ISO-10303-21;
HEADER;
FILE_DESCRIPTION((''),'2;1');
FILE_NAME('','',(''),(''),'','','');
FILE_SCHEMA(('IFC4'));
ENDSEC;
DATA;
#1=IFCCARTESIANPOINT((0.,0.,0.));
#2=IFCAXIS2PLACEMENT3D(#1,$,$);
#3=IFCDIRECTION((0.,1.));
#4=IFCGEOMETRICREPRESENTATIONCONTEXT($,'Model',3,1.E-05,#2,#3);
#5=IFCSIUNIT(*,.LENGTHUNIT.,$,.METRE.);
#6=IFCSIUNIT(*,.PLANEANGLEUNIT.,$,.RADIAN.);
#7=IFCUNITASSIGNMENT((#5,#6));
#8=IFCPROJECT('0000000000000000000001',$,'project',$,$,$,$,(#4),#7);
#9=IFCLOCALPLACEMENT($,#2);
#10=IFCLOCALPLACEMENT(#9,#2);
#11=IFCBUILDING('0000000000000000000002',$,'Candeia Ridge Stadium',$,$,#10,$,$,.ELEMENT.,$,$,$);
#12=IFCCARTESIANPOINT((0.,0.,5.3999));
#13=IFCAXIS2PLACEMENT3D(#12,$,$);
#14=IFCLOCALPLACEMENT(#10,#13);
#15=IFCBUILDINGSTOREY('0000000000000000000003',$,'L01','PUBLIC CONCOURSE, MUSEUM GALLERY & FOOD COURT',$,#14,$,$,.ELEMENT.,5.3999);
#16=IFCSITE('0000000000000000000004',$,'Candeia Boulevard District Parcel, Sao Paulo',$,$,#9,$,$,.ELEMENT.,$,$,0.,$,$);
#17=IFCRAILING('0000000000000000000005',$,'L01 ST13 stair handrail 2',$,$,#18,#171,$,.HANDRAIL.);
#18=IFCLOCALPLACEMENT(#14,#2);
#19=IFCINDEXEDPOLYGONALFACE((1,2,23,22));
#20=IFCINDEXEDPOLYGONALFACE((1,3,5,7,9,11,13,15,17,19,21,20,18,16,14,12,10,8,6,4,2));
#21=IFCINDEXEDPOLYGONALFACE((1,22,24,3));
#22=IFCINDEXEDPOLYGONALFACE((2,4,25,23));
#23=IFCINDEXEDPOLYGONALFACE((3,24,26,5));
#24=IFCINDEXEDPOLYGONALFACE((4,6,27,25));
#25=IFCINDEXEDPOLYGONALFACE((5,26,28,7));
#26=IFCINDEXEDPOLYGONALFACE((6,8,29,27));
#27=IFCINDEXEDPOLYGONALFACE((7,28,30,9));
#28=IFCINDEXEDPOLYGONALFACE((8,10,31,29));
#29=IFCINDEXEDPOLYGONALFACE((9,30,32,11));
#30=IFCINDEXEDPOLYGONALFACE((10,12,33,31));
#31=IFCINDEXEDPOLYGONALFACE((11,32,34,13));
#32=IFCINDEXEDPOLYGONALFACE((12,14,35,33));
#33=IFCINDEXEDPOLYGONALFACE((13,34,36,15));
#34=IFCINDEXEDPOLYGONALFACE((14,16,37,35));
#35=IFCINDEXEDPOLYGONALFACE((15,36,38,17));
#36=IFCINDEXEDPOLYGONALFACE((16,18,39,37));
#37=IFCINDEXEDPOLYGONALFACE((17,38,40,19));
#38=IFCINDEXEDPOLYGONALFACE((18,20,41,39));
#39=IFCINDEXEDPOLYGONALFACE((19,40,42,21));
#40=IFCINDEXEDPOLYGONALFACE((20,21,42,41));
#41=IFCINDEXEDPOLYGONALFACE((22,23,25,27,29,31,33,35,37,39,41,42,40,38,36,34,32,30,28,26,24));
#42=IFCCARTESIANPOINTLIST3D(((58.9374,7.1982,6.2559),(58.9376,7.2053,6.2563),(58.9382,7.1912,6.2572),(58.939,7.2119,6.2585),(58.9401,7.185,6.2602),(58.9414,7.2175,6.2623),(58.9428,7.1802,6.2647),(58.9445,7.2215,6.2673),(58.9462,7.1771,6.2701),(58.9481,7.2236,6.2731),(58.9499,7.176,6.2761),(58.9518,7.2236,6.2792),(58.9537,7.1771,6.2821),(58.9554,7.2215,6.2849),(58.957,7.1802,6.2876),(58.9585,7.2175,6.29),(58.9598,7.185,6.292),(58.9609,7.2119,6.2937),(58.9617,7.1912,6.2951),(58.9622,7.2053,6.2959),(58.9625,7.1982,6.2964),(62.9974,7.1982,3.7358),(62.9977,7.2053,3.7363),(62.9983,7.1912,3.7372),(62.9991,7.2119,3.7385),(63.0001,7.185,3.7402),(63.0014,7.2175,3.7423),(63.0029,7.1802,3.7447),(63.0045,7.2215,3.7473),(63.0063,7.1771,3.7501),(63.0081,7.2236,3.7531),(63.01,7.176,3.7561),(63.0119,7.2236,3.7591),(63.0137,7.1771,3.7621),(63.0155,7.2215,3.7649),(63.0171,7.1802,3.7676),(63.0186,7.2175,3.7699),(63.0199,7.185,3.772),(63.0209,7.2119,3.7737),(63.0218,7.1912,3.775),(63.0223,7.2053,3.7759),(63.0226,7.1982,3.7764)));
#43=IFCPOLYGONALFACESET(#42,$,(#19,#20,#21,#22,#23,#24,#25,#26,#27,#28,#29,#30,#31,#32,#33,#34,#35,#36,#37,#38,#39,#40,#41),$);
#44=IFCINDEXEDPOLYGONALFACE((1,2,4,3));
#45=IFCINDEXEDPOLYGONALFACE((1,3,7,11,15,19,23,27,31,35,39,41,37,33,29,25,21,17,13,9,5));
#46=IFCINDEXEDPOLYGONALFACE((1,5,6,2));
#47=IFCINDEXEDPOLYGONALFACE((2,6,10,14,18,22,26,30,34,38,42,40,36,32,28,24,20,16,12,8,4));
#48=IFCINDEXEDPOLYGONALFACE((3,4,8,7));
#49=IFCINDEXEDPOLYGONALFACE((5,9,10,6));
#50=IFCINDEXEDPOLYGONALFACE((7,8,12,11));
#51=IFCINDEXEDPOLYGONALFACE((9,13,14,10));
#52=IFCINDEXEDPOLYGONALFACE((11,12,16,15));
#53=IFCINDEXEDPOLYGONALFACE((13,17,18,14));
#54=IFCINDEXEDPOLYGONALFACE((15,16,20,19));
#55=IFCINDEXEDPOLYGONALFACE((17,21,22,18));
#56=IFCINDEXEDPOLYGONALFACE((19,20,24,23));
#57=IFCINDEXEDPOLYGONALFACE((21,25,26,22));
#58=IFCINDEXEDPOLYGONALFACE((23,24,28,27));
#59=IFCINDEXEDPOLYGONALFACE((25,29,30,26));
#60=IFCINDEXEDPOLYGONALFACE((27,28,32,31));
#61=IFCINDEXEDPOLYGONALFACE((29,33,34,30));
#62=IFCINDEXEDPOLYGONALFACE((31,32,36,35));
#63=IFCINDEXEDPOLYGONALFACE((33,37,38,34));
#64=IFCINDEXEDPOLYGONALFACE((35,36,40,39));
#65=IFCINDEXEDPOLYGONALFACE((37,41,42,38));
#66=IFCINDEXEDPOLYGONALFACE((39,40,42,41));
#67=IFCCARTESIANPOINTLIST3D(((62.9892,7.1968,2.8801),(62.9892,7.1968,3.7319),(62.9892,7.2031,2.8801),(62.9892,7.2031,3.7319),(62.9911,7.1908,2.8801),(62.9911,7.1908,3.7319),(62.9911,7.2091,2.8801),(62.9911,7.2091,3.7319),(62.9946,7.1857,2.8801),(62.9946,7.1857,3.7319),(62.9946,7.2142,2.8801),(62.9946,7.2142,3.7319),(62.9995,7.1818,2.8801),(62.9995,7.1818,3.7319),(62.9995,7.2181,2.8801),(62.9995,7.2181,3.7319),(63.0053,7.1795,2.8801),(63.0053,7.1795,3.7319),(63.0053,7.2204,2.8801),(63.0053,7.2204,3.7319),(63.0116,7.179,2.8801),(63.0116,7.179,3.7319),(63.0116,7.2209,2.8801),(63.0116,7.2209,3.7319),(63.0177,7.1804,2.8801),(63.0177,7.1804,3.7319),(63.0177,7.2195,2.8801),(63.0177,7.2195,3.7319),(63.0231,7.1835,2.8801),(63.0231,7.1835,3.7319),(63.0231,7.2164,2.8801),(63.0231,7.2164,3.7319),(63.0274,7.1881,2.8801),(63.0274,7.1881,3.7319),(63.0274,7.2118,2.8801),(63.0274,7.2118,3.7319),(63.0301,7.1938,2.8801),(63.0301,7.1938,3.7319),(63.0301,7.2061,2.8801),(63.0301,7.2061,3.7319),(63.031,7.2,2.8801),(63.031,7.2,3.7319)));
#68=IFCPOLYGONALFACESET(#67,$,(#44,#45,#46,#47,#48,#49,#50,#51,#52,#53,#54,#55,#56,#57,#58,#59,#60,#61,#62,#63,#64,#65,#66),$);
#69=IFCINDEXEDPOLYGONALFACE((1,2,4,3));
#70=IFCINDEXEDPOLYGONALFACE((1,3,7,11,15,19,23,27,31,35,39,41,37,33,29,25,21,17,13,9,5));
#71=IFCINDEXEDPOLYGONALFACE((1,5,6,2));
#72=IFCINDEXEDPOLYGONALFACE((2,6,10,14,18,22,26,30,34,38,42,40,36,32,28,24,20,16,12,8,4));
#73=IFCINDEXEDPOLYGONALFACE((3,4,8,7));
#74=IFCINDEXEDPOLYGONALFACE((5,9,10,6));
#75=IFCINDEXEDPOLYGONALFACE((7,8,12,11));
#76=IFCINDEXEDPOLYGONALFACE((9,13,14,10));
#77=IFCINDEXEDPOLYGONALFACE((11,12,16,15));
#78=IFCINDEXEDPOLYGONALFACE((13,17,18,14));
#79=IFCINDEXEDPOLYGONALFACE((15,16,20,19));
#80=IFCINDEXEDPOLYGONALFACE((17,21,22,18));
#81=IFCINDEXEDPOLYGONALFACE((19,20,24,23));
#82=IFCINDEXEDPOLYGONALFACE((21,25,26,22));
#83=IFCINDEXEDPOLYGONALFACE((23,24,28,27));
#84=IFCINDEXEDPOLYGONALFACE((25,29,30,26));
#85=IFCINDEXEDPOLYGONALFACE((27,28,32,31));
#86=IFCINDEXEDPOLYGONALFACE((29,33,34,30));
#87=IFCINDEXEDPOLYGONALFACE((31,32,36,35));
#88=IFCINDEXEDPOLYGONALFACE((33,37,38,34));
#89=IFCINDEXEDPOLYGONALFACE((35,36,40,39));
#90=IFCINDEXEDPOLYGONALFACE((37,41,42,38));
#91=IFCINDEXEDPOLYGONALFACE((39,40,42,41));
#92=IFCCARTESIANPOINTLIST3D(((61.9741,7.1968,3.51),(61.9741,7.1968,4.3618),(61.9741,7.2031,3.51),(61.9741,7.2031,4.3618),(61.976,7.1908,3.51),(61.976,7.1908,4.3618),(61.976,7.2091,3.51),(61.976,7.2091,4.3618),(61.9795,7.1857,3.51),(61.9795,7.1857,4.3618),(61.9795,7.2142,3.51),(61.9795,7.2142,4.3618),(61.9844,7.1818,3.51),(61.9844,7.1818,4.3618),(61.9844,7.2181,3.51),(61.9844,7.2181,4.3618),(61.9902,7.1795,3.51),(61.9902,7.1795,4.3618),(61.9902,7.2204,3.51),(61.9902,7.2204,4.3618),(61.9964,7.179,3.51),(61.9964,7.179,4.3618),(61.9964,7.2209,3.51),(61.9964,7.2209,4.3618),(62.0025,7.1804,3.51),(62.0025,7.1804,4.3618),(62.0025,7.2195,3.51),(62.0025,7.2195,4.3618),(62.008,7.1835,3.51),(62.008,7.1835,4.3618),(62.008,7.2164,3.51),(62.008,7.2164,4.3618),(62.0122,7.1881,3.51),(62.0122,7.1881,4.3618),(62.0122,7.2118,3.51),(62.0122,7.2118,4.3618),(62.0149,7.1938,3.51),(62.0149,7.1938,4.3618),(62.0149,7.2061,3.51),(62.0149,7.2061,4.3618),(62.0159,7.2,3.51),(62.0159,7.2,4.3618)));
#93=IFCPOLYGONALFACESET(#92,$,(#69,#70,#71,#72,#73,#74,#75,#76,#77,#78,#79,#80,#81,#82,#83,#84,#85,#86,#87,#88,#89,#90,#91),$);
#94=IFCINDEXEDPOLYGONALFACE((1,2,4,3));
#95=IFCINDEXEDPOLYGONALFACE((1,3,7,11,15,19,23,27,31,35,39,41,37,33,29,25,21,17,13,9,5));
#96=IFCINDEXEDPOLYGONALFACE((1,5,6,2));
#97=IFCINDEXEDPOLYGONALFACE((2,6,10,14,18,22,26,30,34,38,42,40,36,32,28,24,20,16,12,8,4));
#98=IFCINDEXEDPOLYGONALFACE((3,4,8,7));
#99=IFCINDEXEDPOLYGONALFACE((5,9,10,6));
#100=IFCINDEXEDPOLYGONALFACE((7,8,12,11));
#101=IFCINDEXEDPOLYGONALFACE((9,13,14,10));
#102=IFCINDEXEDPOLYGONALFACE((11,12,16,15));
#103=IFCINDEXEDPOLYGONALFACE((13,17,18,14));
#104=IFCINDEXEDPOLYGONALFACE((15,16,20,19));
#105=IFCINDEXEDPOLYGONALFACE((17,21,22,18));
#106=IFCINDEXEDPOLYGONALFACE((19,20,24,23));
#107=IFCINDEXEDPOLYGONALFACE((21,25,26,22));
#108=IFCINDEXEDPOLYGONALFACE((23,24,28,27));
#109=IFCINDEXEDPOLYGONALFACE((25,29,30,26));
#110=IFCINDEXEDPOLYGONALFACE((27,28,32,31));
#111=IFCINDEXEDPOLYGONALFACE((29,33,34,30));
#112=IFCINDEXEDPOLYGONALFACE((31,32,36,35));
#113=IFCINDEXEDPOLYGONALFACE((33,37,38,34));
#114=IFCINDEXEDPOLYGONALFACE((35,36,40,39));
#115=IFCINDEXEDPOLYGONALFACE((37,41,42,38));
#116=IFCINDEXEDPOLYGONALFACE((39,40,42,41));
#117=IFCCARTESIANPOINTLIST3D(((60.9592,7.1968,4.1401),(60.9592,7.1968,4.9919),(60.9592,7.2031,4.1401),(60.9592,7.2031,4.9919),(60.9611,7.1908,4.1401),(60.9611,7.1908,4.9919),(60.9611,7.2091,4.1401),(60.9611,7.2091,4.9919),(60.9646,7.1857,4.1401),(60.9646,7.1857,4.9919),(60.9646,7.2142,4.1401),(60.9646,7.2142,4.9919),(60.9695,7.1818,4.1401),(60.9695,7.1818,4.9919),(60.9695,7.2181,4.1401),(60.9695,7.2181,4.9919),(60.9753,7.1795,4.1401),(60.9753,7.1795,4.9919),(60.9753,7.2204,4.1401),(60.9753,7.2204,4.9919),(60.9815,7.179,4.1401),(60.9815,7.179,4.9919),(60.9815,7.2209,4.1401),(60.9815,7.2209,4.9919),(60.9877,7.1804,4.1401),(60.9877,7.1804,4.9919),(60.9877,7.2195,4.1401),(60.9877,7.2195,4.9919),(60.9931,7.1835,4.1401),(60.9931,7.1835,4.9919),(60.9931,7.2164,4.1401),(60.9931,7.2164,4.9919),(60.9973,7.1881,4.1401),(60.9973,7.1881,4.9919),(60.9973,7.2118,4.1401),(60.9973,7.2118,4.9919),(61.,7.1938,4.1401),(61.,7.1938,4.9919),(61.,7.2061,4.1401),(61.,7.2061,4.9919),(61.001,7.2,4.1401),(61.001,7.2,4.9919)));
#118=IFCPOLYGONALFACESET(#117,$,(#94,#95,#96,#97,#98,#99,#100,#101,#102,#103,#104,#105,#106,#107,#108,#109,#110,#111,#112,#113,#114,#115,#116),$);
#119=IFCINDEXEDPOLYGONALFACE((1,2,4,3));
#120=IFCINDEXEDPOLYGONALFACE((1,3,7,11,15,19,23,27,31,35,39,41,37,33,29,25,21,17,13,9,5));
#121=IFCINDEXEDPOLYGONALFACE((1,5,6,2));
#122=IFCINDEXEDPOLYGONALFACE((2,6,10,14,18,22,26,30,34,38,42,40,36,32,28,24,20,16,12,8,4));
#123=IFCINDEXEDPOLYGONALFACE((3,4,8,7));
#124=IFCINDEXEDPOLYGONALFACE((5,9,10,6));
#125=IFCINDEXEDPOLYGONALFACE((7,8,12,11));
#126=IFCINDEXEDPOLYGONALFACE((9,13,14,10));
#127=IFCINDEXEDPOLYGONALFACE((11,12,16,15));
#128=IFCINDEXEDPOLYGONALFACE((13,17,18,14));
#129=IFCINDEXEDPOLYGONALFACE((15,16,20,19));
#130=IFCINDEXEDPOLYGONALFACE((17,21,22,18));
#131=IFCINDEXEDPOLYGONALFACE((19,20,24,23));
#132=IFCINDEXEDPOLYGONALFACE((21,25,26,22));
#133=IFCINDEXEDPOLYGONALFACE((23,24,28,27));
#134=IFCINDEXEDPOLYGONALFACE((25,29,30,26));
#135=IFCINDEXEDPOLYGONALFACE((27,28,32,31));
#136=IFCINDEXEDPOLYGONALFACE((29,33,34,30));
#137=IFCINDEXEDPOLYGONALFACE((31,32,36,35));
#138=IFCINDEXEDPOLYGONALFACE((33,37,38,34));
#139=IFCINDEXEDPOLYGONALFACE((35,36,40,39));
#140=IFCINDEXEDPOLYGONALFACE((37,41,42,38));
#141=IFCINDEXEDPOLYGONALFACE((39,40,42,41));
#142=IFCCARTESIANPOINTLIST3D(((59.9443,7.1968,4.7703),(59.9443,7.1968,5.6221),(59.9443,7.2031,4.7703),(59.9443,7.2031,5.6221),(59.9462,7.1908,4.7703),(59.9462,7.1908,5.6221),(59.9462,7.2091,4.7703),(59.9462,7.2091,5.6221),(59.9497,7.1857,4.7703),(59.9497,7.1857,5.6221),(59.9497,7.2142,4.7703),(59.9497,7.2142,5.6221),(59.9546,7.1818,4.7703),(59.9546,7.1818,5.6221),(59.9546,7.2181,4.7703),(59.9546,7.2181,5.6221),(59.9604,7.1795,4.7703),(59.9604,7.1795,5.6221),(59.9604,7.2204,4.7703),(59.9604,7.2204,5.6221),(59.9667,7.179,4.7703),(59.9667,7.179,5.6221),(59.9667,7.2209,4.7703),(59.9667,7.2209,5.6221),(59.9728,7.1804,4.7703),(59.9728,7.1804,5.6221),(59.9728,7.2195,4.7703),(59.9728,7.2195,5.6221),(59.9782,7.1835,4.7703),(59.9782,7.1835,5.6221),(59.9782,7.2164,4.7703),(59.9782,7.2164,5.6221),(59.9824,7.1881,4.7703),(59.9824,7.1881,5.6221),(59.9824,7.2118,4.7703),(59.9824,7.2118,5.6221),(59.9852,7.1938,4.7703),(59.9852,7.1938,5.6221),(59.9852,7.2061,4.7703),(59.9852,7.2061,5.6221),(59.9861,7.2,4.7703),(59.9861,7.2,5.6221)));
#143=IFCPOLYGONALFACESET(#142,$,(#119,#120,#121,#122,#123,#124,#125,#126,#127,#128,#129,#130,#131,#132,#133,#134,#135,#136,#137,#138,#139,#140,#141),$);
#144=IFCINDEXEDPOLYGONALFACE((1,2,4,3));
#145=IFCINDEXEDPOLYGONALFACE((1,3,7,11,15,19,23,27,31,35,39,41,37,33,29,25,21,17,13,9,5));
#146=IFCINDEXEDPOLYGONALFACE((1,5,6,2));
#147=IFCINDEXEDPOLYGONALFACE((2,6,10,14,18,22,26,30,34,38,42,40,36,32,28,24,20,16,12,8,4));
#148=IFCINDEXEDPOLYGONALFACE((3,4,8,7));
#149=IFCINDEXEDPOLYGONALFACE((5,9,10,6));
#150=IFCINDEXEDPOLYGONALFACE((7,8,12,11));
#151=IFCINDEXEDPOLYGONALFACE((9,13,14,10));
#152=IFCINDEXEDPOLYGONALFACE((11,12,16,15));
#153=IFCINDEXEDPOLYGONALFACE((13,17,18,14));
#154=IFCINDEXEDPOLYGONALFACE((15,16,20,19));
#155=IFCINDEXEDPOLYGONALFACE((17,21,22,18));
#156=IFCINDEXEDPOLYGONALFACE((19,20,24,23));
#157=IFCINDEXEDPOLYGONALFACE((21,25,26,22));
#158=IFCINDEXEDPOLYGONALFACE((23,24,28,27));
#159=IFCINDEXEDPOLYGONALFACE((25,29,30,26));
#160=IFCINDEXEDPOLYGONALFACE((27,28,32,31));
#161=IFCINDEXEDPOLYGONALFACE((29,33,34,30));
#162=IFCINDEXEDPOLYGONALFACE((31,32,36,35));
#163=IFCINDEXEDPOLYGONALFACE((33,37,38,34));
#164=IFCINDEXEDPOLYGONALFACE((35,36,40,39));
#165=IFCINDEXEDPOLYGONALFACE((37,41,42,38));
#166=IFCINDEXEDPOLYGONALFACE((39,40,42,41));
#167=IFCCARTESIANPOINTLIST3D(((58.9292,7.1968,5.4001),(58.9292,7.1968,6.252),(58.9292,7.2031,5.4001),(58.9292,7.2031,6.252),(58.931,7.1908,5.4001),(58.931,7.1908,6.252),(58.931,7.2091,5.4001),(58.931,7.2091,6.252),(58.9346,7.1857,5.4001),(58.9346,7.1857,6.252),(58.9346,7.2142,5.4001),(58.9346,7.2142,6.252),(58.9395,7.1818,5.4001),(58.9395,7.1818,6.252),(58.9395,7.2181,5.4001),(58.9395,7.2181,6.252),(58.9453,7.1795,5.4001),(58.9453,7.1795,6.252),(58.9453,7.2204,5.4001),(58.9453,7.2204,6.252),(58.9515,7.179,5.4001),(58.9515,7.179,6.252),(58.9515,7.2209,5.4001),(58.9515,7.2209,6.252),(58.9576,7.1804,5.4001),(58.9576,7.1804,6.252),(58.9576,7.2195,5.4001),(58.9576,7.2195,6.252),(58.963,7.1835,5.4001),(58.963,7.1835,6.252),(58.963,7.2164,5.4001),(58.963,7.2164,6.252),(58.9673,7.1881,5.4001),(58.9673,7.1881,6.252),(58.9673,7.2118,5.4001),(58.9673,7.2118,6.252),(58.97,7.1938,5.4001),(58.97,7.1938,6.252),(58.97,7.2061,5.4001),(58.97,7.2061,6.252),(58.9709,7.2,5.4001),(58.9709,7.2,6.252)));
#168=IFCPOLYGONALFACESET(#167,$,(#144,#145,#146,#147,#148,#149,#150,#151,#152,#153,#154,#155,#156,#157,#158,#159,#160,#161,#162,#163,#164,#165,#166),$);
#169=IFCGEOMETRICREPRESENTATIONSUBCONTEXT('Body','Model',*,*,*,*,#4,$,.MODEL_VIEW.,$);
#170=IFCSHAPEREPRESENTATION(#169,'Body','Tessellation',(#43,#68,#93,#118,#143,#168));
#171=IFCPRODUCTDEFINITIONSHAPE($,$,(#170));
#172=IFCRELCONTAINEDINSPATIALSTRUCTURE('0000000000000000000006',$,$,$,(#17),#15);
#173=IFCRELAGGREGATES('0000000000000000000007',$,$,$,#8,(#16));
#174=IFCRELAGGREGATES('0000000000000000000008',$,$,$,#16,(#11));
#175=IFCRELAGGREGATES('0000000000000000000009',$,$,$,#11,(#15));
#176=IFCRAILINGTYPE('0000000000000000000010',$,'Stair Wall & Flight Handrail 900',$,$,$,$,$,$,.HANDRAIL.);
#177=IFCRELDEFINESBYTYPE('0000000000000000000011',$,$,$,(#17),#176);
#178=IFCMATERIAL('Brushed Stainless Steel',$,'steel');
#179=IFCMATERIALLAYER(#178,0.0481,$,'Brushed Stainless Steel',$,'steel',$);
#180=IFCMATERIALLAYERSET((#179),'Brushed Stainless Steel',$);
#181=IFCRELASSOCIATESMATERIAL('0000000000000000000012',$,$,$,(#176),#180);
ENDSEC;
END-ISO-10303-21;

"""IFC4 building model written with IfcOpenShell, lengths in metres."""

from ifc_helpers import new_model, si_unit, direction, frame, origin, origin_2d, place, context, subcontext, project, spatial, circle, extrude, material, layer, layer_set, type_object, element, save


model = new_model("IFC4")

# Units and contexts
model_context = context("Model", 3, precision=1e-05, world=origin(), true_north=direction((0.0, 1.0)))
body_context = subcontext(model_context, "Body", "Model", "MODEL_VIEW")
ifc_project = project(units=[si_unit("LENGTHUNIT", "METRE"), si_unit("PLANEANGLEUNIT", "RADIAN")], contexts=[model_context])

# Site, building, storey
site_placement = place(None, origin())
site = spatial("IfcSite", under=ifc_project, at=site_placement, Name="Candeia Boulevard District Parcel, Sao Paulo", CompositionType="ELEMENT", RefElevation=0.0)
building_placement = place(site_placement, origin())
building = spatial("IfcBuilding", under=site, at=building_placement, Name="Candeia Ridge Stadium", CompositionType="ELEMENT")
storey_placement = place(building_placement, frame((0.0, 0.0, 5.3999)))
storey = spatial("IfcBuildingStorey", under=building, at=storey_placement, Name="L01", Description="PUBLIC CONCOURSE, MUSEUM GALLERY & FOOD COURT", CompositionType="ELEMENT", Elevation=5.3999)

# Railing
ifc_material_1 = material(Name="Brushed Stainless Steel", Category="steel")
ifc_layer_1 = layer(ifc_material_1, 0.0481, Name="Brushed Stainless Steel", Category="steel")
ifc_layer_set_1 = layer_set([ifc_layer_1], Name="Brushed Stainless Steel")
railing_type_1 = type_object("IfcRailingType", Name="Stair Wall & Flight Handrail 900", PredefinedType="HANDRAIL", material=ifc_layer_set_1)
railing_1_placement = place(storey_placement, frame((63.01, 7.2, 2.8801)))
element("IfcRailing", 1, at=railing_1_placement, inside=storey, type_object=railing_type_1, Name="L01 ST13 stair handrail 2", PredefinedType="HANDRAIL", context=body_context, shape_type="SweptSolid", body=[
    extrude(circle(Radius=0.0239, at=origin_2d()), frame((0.0, 0.0, 0.876), z_axis=(-0.849642, 0.0, 0.52736), x_axis=(0.0, -1.0, 0.0)), (0.0, 0.0, 1.0), 4.7786),
    extrude(circle(Radius=0.021, at=origin_2d()), origin(), (0.0, 0.0, 1.0), 0.8518),
    extrude(circle(Radius=0.021, at=origin_2d()), frame((-1.0151, 0.0, 0.6299)), (0.0, 0.0, 1.0), 0.8518),
    extrude(circle(Radius=0.021, at=origin_2d()), frame((-2.03, 0.0, 1.26)), (0.0, 0.0, 1.0), 0.8518),
    extrude(circle(Radius=0.021, at=origin_2d()), frame((-3.0449, 0.0, 1.8901)), (0.0, 0.0, 1.0), 0.8518),
    extrude(circle(Radius=0.021, at=origin_2d()), frame((-4.0601, 0.0, 2.52)), (0.0, 0.0, 1.0), 0.8518),
])

save(model, "model.ifc")
